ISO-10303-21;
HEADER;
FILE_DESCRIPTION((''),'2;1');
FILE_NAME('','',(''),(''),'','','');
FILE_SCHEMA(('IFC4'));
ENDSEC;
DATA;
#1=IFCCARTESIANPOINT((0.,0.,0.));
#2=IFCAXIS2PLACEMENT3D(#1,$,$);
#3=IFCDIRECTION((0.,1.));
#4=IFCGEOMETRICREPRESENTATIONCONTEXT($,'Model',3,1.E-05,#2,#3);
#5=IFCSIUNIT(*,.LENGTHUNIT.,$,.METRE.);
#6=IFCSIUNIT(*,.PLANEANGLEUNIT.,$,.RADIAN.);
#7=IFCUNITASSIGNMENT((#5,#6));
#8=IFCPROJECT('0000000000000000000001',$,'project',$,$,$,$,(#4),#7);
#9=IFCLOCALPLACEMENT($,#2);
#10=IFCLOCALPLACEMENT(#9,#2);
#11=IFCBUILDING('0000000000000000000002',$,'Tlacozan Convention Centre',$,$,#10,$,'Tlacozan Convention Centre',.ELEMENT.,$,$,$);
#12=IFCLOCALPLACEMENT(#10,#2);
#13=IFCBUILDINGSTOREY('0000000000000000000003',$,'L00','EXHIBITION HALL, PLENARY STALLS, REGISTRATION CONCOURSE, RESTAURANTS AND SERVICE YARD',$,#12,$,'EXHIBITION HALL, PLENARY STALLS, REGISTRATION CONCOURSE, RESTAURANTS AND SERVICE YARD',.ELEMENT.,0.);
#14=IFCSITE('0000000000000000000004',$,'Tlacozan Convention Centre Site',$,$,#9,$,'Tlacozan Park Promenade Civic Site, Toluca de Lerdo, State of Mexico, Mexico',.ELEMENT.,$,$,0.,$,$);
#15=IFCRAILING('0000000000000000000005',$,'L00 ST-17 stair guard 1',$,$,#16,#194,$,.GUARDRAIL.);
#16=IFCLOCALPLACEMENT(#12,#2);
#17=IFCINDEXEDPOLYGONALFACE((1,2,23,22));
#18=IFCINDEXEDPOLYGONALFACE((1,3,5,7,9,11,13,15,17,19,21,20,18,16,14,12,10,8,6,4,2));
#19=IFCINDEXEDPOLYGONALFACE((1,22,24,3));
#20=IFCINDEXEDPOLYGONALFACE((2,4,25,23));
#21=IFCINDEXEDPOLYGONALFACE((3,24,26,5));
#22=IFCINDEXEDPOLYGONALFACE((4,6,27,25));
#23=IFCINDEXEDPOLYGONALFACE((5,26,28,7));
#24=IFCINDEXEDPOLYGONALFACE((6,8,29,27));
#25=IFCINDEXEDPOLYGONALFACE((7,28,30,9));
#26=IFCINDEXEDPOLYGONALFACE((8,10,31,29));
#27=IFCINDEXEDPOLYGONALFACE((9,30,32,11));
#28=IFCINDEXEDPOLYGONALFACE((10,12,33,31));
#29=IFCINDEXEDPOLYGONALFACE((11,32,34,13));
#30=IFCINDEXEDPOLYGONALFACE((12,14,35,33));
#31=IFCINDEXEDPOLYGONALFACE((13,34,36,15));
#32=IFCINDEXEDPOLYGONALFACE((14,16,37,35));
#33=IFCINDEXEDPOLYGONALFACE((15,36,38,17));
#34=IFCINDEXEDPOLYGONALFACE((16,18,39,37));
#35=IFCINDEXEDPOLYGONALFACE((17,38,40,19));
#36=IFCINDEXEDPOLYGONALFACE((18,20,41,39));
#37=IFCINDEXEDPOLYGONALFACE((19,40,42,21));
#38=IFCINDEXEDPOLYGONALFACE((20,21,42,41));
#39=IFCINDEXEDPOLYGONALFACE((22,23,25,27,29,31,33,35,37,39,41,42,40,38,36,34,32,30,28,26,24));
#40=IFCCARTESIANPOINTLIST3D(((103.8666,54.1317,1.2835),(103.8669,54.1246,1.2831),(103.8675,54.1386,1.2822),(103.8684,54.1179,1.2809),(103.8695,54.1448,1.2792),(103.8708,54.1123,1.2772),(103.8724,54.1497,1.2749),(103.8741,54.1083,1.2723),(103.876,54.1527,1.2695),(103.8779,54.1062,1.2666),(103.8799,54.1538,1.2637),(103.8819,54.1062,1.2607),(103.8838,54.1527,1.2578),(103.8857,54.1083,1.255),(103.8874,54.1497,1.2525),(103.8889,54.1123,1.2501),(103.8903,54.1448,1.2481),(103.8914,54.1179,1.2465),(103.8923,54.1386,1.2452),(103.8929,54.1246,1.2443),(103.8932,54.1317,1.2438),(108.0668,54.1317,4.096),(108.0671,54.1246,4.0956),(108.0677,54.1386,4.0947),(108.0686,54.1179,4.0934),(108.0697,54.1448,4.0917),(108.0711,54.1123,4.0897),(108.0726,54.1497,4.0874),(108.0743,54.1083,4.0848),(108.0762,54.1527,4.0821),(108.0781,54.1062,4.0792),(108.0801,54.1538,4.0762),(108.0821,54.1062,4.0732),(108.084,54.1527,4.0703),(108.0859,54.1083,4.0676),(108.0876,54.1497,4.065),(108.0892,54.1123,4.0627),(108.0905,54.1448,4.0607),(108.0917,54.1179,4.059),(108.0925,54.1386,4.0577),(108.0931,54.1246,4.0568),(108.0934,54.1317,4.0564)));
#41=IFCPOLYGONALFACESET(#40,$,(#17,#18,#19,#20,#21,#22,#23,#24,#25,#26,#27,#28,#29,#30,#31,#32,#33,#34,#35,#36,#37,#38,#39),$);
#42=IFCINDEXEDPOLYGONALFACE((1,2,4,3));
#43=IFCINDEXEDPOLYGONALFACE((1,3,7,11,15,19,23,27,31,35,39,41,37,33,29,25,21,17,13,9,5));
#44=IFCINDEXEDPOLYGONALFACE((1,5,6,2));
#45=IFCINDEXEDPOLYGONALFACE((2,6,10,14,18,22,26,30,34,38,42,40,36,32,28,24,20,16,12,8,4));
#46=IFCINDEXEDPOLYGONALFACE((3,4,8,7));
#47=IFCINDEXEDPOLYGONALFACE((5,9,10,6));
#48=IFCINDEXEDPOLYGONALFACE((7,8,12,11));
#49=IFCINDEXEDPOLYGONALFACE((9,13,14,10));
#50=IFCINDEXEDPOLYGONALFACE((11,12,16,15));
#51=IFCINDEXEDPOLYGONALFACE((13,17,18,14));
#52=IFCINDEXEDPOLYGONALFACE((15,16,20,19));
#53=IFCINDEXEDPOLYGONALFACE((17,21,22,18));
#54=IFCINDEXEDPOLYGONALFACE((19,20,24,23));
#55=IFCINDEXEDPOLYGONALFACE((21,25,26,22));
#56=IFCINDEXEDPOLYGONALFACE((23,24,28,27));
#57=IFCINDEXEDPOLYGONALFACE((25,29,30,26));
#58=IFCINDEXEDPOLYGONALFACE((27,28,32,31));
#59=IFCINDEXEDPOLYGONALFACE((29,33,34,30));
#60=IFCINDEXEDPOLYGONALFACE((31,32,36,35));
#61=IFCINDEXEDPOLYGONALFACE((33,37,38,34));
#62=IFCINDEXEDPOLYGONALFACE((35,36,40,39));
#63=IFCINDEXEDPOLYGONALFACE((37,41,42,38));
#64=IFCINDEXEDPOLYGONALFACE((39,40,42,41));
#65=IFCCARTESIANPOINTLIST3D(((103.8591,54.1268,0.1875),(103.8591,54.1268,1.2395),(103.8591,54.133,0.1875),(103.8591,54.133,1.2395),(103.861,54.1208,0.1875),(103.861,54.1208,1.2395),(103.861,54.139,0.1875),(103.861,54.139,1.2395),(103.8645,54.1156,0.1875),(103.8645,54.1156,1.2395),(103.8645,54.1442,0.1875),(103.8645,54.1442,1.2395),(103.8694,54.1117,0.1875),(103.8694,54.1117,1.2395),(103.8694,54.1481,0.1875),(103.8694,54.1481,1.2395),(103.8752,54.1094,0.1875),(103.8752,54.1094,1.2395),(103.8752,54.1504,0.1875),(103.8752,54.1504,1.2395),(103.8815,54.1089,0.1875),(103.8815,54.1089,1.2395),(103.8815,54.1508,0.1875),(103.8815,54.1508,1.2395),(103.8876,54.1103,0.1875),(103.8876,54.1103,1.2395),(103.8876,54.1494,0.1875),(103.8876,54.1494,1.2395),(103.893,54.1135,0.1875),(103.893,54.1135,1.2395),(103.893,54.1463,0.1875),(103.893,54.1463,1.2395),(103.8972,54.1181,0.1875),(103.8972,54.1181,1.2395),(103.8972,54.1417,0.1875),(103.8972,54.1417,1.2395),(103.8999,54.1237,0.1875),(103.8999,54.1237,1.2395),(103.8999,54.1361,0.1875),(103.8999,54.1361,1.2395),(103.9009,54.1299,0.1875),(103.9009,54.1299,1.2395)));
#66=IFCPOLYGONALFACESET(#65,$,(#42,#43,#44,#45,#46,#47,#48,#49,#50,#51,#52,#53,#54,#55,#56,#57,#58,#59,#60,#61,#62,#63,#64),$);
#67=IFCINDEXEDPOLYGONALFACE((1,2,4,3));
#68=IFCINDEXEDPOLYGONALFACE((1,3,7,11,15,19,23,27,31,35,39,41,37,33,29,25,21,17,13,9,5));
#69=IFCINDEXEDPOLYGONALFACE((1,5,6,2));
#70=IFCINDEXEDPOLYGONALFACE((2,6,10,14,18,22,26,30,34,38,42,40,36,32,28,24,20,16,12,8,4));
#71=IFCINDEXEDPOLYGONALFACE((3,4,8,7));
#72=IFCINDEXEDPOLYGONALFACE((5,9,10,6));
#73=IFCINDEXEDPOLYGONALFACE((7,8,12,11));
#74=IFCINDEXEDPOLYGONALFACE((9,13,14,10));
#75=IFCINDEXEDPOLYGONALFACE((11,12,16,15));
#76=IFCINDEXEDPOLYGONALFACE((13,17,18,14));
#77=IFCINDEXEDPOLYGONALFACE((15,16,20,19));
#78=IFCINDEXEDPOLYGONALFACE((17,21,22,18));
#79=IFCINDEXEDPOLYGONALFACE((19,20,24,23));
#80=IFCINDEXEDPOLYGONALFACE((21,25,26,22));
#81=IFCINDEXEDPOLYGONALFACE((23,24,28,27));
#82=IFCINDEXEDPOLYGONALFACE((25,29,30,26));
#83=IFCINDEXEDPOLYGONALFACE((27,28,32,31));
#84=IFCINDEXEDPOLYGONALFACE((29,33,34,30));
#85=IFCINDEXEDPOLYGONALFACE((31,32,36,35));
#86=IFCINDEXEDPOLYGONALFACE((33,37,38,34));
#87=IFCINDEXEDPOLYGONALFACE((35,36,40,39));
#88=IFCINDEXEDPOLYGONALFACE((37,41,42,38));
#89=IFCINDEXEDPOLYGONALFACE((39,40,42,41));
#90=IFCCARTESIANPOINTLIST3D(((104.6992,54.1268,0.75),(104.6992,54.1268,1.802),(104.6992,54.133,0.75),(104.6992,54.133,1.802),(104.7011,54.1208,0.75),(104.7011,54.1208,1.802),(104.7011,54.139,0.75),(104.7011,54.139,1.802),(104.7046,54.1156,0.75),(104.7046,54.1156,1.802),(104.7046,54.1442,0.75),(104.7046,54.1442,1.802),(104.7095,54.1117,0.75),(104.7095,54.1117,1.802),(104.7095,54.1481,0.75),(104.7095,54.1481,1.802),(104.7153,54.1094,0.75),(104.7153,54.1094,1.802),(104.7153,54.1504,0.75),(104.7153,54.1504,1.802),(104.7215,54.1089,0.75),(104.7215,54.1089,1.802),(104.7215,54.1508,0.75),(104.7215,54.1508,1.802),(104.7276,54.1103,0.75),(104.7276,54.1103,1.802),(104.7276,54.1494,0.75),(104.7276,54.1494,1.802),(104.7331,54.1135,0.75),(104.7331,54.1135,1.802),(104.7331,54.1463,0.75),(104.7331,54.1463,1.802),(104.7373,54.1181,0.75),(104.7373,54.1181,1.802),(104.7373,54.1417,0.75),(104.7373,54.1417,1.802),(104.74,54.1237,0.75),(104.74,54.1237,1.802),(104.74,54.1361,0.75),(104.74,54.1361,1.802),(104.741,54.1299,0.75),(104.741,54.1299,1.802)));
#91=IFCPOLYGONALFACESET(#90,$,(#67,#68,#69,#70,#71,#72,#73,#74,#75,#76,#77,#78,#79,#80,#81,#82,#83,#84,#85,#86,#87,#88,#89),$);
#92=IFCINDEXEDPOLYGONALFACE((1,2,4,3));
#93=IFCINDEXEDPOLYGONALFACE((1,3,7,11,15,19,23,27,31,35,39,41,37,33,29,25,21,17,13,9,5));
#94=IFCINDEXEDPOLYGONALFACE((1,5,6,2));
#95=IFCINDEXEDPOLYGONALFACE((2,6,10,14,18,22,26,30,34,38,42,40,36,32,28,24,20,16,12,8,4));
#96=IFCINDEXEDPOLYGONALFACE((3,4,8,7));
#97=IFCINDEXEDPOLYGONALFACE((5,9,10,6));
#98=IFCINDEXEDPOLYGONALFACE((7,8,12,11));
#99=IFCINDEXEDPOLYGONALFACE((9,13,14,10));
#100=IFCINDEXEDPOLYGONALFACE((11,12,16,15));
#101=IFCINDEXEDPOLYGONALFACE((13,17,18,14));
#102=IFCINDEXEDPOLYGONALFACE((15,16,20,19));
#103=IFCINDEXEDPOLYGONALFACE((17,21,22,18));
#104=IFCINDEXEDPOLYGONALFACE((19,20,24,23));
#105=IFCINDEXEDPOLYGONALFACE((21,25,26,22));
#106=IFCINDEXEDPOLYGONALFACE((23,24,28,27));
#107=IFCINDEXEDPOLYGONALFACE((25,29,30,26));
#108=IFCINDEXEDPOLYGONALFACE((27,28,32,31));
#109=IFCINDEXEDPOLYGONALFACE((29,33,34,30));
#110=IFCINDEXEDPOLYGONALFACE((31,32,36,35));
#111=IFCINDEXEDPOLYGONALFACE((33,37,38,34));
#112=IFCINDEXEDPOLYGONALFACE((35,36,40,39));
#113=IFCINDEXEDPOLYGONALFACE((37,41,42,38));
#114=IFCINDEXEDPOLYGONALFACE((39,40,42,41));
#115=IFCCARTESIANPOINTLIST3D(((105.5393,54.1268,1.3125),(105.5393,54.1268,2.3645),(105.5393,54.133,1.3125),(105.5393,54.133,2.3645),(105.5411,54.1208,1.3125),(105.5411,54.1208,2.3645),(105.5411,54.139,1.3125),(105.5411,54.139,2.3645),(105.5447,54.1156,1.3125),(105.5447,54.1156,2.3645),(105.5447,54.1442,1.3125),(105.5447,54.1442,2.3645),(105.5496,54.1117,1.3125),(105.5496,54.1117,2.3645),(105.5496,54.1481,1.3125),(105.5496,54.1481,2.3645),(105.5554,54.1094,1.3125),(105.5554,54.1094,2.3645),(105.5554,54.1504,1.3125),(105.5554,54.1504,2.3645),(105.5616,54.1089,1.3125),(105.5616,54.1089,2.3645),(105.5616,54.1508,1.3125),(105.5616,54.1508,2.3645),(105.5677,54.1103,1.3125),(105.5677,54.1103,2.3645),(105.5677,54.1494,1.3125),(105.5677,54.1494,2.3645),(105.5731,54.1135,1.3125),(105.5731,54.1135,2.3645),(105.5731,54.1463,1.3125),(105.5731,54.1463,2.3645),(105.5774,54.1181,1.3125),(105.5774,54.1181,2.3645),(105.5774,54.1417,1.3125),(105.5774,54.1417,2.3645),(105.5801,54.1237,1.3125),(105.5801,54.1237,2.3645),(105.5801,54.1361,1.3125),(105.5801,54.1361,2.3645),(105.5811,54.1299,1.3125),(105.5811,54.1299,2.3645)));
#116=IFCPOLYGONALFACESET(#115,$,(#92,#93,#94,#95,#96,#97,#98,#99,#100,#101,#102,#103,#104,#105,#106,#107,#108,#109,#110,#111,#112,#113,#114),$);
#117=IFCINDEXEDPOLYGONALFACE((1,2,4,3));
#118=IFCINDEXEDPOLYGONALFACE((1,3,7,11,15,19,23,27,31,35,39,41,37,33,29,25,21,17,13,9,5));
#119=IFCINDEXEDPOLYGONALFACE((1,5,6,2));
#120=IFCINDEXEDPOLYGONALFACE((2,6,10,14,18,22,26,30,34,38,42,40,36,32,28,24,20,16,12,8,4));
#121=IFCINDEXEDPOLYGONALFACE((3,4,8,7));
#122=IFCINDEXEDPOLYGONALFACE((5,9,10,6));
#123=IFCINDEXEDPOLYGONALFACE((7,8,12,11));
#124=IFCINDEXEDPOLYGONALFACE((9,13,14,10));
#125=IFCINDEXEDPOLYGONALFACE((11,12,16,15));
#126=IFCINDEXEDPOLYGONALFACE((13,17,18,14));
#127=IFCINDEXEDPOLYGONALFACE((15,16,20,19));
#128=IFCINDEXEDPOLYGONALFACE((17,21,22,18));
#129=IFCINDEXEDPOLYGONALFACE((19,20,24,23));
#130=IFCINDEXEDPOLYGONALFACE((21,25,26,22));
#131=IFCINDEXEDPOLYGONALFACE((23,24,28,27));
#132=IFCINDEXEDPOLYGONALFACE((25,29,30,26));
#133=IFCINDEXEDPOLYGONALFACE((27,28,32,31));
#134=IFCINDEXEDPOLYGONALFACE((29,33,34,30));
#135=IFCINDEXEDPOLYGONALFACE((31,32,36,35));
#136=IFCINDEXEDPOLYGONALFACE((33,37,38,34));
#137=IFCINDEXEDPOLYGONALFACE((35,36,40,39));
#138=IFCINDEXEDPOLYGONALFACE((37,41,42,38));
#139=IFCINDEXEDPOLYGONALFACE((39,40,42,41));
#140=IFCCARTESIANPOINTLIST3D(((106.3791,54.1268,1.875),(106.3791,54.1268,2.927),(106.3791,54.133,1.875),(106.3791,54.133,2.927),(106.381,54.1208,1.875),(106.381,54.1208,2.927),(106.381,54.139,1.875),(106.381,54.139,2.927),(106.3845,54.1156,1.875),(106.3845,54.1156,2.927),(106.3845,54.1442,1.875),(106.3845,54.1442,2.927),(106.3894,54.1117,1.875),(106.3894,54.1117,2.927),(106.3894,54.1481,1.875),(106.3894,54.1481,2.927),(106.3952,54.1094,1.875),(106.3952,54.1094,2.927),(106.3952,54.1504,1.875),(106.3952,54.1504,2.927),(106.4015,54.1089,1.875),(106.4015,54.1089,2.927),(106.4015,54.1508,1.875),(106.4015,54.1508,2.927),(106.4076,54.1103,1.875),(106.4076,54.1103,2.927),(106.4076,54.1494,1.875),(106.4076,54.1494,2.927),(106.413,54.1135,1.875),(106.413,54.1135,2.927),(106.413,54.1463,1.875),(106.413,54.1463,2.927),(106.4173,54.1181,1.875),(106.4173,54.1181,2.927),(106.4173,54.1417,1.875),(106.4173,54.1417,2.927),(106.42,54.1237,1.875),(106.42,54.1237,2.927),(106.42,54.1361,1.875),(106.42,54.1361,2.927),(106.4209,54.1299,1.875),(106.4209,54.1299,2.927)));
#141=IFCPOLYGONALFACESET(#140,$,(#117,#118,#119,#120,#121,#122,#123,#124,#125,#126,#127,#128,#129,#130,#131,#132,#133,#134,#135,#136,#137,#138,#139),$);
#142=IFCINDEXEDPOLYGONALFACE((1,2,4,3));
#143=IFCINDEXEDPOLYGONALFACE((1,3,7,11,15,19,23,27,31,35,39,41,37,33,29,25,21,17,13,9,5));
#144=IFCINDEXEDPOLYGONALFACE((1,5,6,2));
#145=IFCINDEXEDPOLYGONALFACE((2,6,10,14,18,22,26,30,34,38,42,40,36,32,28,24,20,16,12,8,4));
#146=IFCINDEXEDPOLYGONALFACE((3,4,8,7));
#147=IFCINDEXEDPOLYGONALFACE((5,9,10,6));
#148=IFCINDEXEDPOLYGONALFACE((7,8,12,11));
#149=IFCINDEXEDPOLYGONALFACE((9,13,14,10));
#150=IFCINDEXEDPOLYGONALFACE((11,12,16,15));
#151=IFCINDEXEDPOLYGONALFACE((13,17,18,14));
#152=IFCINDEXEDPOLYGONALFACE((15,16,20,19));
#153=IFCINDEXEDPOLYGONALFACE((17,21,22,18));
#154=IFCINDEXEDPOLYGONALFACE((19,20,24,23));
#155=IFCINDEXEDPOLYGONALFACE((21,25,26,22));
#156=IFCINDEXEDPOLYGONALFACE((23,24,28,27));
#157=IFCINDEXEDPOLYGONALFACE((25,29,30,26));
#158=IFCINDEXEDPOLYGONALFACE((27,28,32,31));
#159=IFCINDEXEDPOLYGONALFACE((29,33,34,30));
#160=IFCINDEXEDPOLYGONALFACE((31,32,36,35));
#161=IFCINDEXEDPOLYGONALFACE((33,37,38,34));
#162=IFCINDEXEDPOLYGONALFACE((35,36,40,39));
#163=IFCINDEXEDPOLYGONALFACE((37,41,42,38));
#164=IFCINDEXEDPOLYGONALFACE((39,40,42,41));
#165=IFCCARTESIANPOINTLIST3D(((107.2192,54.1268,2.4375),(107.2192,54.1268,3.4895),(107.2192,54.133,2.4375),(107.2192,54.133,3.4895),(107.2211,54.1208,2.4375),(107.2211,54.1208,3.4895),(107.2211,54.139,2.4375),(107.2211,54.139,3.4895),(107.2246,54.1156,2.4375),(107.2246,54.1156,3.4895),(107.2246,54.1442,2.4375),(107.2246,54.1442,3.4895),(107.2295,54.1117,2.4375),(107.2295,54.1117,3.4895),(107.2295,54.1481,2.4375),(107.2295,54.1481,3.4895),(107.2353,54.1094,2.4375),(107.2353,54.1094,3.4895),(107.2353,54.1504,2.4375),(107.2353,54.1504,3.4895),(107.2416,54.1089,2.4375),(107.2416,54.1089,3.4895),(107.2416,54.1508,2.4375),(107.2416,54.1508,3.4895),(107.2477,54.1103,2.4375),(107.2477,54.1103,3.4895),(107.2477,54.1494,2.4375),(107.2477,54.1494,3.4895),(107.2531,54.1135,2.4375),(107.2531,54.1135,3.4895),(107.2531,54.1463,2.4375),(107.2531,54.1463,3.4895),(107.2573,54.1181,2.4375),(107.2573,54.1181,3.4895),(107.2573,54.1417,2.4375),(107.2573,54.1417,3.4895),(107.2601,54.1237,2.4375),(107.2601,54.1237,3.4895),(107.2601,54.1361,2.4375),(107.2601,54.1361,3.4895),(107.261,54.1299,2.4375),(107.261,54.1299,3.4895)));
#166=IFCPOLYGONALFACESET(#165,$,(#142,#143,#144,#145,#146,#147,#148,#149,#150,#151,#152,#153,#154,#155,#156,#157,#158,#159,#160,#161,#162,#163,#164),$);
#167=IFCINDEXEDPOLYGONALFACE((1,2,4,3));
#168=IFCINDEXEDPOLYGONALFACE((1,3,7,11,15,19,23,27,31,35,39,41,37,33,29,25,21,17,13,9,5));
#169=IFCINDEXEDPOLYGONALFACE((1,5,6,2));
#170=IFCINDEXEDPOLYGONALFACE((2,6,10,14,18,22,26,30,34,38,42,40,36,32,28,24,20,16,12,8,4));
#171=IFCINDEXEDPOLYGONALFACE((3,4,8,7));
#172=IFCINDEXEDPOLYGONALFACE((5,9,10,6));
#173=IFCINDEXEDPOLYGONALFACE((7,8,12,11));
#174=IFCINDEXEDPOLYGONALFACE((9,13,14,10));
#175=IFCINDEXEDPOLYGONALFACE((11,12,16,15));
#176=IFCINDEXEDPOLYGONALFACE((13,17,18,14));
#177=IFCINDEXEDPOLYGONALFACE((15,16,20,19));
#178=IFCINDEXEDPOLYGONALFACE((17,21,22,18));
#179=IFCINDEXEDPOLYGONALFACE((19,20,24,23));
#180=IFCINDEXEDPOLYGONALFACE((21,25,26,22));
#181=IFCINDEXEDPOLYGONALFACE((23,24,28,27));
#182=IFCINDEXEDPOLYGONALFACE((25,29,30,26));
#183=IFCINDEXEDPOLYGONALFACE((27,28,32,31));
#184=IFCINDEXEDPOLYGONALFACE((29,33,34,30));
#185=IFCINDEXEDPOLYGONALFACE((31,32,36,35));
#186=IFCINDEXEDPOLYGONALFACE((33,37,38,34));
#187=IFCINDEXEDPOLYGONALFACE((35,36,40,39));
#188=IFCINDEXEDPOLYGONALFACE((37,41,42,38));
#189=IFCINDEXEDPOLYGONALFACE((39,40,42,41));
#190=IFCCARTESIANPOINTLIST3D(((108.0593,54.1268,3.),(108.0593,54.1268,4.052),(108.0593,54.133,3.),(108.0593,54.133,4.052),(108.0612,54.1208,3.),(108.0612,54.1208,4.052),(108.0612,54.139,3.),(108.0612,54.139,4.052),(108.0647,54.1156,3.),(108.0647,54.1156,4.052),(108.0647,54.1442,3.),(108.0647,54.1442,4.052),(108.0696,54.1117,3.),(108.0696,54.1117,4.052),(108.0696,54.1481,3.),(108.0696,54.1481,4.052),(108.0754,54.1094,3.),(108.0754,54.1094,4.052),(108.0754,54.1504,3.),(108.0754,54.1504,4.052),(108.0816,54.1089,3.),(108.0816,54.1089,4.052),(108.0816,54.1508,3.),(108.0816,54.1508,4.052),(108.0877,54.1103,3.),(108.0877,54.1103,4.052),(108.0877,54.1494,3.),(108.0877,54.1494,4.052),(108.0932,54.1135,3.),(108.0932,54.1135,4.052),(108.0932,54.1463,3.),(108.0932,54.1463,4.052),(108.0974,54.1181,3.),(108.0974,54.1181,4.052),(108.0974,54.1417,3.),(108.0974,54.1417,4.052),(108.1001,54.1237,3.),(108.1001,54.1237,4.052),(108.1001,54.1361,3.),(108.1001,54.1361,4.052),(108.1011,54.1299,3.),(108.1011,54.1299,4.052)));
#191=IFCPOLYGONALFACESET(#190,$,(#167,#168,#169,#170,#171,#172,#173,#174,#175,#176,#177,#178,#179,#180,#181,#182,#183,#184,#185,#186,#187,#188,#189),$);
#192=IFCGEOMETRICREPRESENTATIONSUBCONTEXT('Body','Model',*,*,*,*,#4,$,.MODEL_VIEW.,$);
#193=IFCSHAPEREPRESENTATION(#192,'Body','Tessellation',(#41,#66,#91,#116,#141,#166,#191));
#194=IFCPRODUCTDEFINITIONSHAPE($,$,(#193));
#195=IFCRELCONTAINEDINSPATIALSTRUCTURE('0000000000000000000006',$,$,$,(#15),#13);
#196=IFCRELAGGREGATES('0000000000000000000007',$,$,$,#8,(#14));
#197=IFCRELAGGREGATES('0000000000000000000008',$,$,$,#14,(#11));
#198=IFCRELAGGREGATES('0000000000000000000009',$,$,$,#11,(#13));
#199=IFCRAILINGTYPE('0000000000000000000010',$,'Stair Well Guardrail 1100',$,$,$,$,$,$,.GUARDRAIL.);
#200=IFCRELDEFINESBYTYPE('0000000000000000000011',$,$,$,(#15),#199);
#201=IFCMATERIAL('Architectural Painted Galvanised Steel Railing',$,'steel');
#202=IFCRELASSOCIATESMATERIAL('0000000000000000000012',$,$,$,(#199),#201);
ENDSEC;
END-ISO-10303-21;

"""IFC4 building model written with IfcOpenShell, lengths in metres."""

from ifc_helpers import new_model, si_unit, direction, frame, origin, origin_2d, place, context, subcontext, project, spatial, circle, extrude, material, type_object, element, save


model = new_model("IFC4")

# Units and contexts
model_context = context("Model", 3, precision=1e-05, world=origin(), true_north=direction((0.0, 1.0)))
body_context = subcontext(model_context, "Body", "Model", "MODEL_VIEW")
ifc_project = project(units=[si_unit("LENGTHUNIT", "METRE"), si_unit("PLANEANGLEUNIT", "RADIAN")], contexts=[model_context])

# Site, building, storey
site_placement = place(None, origin())
site = spatial("IfcSite", under=ifc_project, at=site_placement, Name="Tlacozan Convention Centre Site", LongName="Tlacozan Park Promenade Civic Site, Toluca de Lerdo, State of Mexico, Mexico", CompositionType="ELEMENT", RefElevation=0.0)
building_placement = place(site_placement, origin())
building = spatial("IfcBuilding", under=site, at=building_placement, Name="Tlacozan Convention Centre", LongName="Tlacozan Convention Centre", CompositionType="ELEMENT")
storey_placement = place(building_placement, origin())
storey = spatial("IfcBuildingStorey", under=building, at=storey_placement, Name="L00", Description="EXHIBITION HALL, PLENARY STALLS, REGISTRATION CONCOURSE, RESTAURANTS AND SERVICE YARD", LongName="EXHIBITION HALL, PLENARY STALLS, REGISTRATION CONCOURSE, RESTAURANTS AND SERVICE YARD", CompositionType="ELEMENT", Elevation=0.0)

# Railing
ifc_material_1 = material(Name="Architectural Painted Galvanised Steel Railing", Category="steel")
railing_type_1 = type_object("IfcRailingType", Name="Stair Well Guardrail 1100", PredefinedType="GUARDRAIL", material=ifc_material_1)
railing_1_placement = place(storey_placement, frame((103.8799, 54.1299, 0.1875)))
element("IfcRailing", 1, at=railing_1_placement, inside=storey, type_object=railing_type_1, Name="L00 ST-17 stair guard 1", PredefinedType="GUARDRAIL", context=body_context, shape_type="SweptSolid", body=[
    extrude(circle(Radius=0.0239, at=origin_2d()), frame((0.0, 0.0, 1.0762), z_axis=(0.830919, 0.0, 0.556393), x_axis=(0.0, 1.0, 0.0)), (0.0, 0.0, 1.0), 5.0549),
    extrude(circle(Radius=0.021, at=origin_2d()), origin(), (0.0, 0.0, 1.0), 1.052),
    extrude(circle(Radius=0.021, at=origin_2d()), frame((0.8401, 0.0, 0.5625)), (0.0, 0.0, 1.0), 1.052),
    extrude(circle(Radius=0.021, at=origin_2d()), frame((1.6802, 0.0, 1.125)), (0.0, 0.0, 1.0), 1.052),
    extrude(circle(Radius=0.021, at=origin_2d()), frame((2.52, 0.0, 1.6875)), (0.0, 0.0, 1.0), 1.052),
    extrude(circle(Radius=0.021, at=origin_2d()), frame((3.3601, 0.0, 2.25)), (0.0, 0.0, 1.0), 1.052),
    extrude(circle(Radius=0.021, at=origin_2d()), frame((4.2002, 0.0, 2.8125)), (0.0, 0.0, 1.0), 1.052),
])

save(model, "model.ifc")
